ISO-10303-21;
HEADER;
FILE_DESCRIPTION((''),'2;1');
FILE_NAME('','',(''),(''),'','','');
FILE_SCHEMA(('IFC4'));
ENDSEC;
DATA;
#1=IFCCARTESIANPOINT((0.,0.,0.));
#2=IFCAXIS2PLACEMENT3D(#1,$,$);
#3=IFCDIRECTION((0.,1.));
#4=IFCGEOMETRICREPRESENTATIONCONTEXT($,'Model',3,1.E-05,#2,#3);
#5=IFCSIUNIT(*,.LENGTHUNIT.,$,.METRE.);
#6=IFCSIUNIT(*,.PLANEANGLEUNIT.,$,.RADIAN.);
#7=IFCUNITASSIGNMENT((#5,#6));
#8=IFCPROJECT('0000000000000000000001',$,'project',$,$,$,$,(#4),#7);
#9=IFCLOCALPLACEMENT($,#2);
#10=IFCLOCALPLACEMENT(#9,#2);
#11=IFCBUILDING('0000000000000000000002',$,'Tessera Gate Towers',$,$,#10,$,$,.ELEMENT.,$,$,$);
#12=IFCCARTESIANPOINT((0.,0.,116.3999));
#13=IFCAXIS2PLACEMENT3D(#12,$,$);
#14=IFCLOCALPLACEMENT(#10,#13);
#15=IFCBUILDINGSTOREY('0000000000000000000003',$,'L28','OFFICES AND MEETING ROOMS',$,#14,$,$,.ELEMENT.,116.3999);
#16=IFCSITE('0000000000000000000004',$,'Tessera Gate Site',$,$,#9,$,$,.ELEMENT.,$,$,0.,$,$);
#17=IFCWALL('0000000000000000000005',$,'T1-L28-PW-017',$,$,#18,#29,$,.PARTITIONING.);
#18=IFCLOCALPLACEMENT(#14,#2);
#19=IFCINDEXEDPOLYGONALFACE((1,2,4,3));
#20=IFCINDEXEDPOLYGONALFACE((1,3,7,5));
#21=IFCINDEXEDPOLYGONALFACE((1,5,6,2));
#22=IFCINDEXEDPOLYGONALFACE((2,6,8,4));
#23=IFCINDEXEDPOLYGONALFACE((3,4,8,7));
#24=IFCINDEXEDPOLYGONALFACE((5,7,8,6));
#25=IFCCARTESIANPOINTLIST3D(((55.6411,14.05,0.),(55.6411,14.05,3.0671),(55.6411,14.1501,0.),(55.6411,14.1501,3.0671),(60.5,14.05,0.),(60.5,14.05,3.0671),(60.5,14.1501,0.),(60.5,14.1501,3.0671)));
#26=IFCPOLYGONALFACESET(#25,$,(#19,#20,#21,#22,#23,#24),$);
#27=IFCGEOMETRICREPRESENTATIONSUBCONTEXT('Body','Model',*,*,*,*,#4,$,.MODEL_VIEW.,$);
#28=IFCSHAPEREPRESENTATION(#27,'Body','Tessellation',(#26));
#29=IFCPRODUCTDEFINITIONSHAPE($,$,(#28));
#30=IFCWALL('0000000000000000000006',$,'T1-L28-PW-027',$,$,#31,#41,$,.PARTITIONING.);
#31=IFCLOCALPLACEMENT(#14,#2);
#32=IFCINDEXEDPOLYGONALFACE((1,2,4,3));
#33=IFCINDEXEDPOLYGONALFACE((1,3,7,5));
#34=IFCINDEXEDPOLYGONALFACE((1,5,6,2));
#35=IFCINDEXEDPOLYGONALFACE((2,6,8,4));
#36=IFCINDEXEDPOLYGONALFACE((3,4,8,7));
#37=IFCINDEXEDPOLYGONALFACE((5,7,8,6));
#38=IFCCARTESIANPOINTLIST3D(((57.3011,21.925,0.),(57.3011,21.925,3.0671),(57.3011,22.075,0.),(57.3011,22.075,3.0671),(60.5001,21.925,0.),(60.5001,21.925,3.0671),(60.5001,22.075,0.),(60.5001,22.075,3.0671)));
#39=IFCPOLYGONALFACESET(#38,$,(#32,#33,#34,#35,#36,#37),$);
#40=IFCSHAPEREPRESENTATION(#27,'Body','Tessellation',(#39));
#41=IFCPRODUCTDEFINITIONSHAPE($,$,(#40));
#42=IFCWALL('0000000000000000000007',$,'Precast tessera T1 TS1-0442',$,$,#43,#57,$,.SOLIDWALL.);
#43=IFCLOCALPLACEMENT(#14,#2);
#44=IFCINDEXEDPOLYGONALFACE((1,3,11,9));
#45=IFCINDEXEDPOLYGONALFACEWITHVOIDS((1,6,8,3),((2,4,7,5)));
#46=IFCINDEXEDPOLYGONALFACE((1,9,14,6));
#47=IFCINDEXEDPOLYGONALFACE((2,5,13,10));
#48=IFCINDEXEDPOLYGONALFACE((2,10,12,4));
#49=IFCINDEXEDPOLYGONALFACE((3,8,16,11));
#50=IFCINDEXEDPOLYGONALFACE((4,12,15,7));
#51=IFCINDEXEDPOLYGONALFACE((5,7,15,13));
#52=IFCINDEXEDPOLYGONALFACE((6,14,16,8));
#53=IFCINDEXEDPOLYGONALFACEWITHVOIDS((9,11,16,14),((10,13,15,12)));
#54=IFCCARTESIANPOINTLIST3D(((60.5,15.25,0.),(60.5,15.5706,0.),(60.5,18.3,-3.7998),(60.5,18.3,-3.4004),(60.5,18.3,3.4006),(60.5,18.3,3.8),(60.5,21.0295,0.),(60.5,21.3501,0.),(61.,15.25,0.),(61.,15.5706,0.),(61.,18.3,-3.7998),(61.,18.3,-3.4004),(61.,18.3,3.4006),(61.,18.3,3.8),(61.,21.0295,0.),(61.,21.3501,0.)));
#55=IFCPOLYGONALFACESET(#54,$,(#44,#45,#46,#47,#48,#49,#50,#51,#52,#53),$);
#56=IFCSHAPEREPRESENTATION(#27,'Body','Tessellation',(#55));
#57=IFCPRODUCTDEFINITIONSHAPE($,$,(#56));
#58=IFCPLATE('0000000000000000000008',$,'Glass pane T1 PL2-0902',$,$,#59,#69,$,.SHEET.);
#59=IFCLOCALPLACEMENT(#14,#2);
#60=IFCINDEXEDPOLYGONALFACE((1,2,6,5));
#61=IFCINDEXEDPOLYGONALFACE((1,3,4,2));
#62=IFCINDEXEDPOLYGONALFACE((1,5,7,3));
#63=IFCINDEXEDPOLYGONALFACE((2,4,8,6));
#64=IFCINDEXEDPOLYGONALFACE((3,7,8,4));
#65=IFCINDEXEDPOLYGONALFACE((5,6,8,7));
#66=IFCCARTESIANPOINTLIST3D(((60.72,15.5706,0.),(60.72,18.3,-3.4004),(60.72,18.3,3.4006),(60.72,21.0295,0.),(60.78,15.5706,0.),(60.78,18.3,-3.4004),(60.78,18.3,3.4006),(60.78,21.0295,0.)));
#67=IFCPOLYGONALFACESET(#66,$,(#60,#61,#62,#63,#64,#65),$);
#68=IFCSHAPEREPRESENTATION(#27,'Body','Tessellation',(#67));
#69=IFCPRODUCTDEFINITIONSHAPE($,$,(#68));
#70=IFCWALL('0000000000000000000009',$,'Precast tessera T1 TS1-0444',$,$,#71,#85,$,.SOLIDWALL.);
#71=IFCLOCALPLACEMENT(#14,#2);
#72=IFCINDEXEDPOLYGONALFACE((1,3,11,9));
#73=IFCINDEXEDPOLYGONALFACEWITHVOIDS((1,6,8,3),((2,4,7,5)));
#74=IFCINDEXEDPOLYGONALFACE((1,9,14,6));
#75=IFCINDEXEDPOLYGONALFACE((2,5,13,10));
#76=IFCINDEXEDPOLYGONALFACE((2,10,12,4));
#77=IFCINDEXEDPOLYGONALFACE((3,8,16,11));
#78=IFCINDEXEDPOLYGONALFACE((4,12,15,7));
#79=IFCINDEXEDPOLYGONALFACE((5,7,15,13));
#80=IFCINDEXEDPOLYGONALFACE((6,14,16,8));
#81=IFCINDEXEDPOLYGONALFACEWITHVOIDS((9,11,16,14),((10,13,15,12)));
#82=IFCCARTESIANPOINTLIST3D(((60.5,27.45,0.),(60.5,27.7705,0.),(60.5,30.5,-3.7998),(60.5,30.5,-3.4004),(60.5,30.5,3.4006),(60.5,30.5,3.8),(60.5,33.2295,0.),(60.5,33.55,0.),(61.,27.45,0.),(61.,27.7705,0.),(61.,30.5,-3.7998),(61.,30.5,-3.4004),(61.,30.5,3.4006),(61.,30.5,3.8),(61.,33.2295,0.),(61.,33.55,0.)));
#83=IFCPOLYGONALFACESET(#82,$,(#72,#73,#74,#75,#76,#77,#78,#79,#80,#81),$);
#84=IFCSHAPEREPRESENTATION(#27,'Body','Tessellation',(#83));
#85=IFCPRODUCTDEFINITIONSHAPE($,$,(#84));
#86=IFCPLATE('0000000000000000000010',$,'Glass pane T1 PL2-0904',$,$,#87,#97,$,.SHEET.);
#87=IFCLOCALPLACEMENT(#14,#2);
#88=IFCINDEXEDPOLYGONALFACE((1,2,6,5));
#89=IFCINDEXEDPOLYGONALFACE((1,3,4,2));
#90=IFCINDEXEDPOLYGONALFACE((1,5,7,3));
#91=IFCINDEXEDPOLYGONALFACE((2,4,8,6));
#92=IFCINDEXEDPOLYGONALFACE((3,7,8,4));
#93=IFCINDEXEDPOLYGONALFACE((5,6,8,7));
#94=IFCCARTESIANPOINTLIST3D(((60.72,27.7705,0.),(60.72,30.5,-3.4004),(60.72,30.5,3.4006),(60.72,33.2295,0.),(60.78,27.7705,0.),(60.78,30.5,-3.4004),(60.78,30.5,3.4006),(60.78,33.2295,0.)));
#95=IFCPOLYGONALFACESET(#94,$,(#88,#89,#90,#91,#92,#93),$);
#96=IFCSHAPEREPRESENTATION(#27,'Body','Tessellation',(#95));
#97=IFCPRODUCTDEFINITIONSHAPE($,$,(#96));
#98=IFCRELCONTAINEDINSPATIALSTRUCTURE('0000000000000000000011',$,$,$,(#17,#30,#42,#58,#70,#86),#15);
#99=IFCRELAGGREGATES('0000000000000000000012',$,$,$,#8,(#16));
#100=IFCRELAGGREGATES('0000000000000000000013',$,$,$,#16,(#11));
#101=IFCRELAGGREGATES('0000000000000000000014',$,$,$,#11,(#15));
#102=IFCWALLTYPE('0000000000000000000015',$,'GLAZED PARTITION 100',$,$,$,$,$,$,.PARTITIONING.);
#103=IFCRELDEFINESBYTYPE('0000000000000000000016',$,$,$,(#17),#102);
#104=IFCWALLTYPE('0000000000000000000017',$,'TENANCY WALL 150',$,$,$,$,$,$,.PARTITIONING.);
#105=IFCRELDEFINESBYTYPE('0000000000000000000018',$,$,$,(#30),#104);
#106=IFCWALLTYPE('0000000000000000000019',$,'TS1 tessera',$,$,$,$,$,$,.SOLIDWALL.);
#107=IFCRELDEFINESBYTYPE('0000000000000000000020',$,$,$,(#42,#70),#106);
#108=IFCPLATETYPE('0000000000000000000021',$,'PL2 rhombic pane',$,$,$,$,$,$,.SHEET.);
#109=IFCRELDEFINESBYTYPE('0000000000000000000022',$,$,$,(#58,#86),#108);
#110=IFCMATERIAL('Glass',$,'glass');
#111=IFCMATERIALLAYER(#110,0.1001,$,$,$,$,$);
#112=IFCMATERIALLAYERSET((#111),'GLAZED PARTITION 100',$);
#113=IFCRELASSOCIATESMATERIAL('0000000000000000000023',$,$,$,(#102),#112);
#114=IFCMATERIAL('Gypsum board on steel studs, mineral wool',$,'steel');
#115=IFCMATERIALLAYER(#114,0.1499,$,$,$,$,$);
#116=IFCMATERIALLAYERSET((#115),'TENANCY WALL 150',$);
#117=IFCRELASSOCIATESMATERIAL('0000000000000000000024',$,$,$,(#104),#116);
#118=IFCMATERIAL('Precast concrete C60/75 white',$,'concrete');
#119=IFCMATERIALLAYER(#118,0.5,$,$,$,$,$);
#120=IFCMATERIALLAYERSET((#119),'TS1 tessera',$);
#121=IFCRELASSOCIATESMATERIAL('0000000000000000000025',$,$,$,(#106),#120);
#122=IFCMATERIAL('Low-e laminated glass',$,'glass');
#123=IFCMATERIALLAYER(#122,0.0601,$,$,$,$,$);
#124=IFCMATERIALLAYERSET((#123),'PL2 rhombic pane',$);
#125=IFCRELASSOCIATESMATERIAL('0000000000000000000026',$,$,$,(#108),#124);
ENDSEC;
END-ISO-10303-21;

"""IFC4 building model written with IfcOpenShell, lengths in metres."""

from ifc_helpers import new_model, si_unit, direction, frame, frame_2d, origin, place, context, subcontext, project, spatial, polyline, rectangle, outline, extrude, source, transform, mapped, material, layer, layer_set, type_object, element, fill, save


model = new_model("IFC4")

# Units and contexts
model_context = context("Model", 3, precision=1e-05, world=origin(), true_north=direction((0.0, 1.0)))
body_context = subcontext(model_context, "Body", "Model", "MODEL_VIEW")
ifc_project = project(units=[si_unit("LENGTHUNIT", "METRE"), si_unit("PLANEANGLEUNIT", "RADIAN")], contexts=[model_context])

# Site, building, storey
site_placement = place(None, origin())
site = spatial("IfcSite", under=ifc_project, at=site_placement, Name="Tessera Gate Site", CompositionType="ELEMENT", RefElevation=0.0)
building_placement = place(site_placement, origin())
building = spatial("IfcBuilding", under=site, at=building_placement, Name="Tessera Gate Towers", CompositionType="ELEMENT")
storey_placement = place(building_placement, frame((0.0, 0.0, 116.3999)))
storey = spatial("IfcBuildingStorey", under=building, at=storey_placement, Name="L28", Description="OFFICES AND MEETING ROOMS", CompositionType="ELEMENT", Elevation=116.3999)

# Shared definitions
ifc_material_1 = material(Name="Glass", Category="glass")
ifc_layer_1 = layer(ifc_material_1, 0.1001)
ifc_layer_set_1 = layer_set([ifc_layer_1], Name="GLAZED PARTITION 100")
wall_type_1 = type_object("IfcWallType", Name="GLAZED PARTITION 100", PredefinedType="PARTITIONING", material=ifc_layer_set_1)

# Walls
wall_1_placement = place(storey_placement, frame((55.6411, 14.1001, 0.0), z_axis=(0.0, 0.0, 1.0), x_axis=(1.0, 0.0, 0.0)))
element("IfcWall", 1, at=wall_1_placement, inside=storey, type_object=wall_type_1, Name="T1-L28-PW-017", PredefinedType="PARTITIONING", context=body_context, shape_type="SweptSolid", body=[
    extrude(rectangle(XDim=4.8589, YDim=0.1001, at=frame_2d((2.4294, 0.0))), origin(), (0.0, 0.0, 1.0), 3.0671),
])
ifc_material_2 = material(Name="Gypsum board on steel studs, mineral wool", Category="steel")
ifc_layer_2 = layer(ifc_material_2, 0.1499)
ifc_layer_set_2 = layer_set([ifc_layer_2], Name="TENANCY WALL 150")
wall_type_2 = type_object("IfcWallType", Name="TENANCY WALL 150", PredefinedType="PARTITIONING", material=ifc_layer_set_2)
wall_2_placement = place(storey_placement, frame((57.301, 22.0, 0.0), z_axis=(0.0, 0.0, 1.0), x_axis=(1.0, 0.0, 0.0)))
element("IfcWall", 2, at=wall_2_placement, inside=storey, type_object=wall_type_2, Name="T1-L28-PW-027", PredefinedType="PARTITIONING", context=body_context, shape_type="SweptSolid", body=[
    extrude(rectangle(XDim=3.199, YDim=0.1499, at=frame_2d((1.5996, 0.0))), origin(), (0.0, 0.0, 1.0), 3.0671),
])

# Walls, openings, plates
ifc_material_3 = material(Name="Precast concrete C60/75 white", Category="concrete")
ifc_layer_3 = layer(ifc_material_3, 0.5)
ifc_layer_set_3 = layer_set([ifc_layer_3], Name="TS1 tessera")
wall_type_3 = type_object("IfcWallType", Name="TS1 tessera", PredefinedType="SOLIDWALL", material=ifc_layer_set_3)
shared_shape_1 = source(origin(), body_context, "Body", "SweptSolid", [
    extrude(outline(polyline([(3.05, 0.0), (6.1001, 3.7998), (3.05, 7.5999), (0.0, 3.7998), (3.05, 0.0)])), frame((0.0, 0.25, 0.0), z_axis=(0.0, -1.0, 0.0), x_axis=(1.0, 0.0, 0.0)), (0.0, 0.0, 1.0), 0.5),
])
wall_3_placement = place(storey_placement, frame((60.75, 15.25, -3.7998), z_axis=(0.0, 0.0, 1.0), x_axis=(0.0, 1.0, 0.0)))
wall_3 = element("IfcWall", 3, at=wall_3_placement, inside=storey, type_object=wall_type_3, Name="Precast tessera T1 TS1-0442", PredefinedType="SOLIDWALL", context=body_context, shape_type="MappedRepresentation", body=[
    mapped(shared_shape_1, transform((0.0, 0.0, 0.0), scale=1.0)),
])
shared_shape_2 = source(origin(), body_context, "Body", "SweptSolid", [
    extrude(outline(polyline([(3.05, 0.3994), (5.7795, 3.7998), (3.05, 7.2004), (0.3206, 3.7998), (3.05, 0.3994)])), frame((0.0, 0.26, 0.0), z_axis=(0.0, -1.0, 0.0), x_axis=(1.0, 0.0, 0.0)), (0.0, 0.0, 1.0), 0.52),
])
opening_1_placement = place(wall_3_placement, origin())
opening_1 = element("IfcOpeningElement", 4, at=opening_1_placement, cuts=wall_3, PredefinedType="OPENING", context=body_context, shape_type="MappedRepresentation", body=[
    mapped(shared_shape_2, transform((0.0, 0.0, 0.0), scale=1.0)),
])
ifc_material_4 = material(Name="Low-e laminated glass", Category="glass")
ifc_layer_4 = layer(ifc_material_4, 0.0601)
ifc_layer_set_4 = layer_set([ifc_layer_4], Name="PL2 rhombic pane")
plate_type = type_object("IfcPlateType", Name="PL2 rhombic pane", PredefinedType="SHEET", material=ifc_layer_set_4)
shared_shape_3 = source(origin(), body_context, "Body", "SweptSolid", [
    extrude(outline(polyline([(3.05, 0.3994), (5.7795, 3.7998), (3.05, 7.2004), (0.3206, 3.7998), (3.05, 0.3994)])), frame((0.0, 0.03, 0.0), z_axis=(0.0, -1.0, 0.0), x_axis=(1.0, 0.0, 0.0)), (0.0, 0.0, 1.0), 0.0601),
])
plate_1_placement = place(opening_1_placement, origin())
plate_1 = element("IfcPlate", 5, at=plate_1_placement, inside=storey, type_object=plate_type, Name="Glass pane T1 PL2-0902", PredefinedType="SHEET", context=body_context, shape_type="MappedRepresentation", body=[
    mapped(shared_shape_3, transform((0.0, 0.0, 0.0), scale=1.0)),
])
fill(opening_1, plate_1)
wall_4_placement = place(storey_placement, frame((60.75, 27.45, -3.7998), z_axis=(0.0, 0.0, 1.0), x_axis=(0.0, 1.0, 0.0)))
wall_4 = element("IfcWall", 6, at=wall_4_placement, inside=storey, type_object=wall_type_3, Name="Precast tessera T1 TS1-0444", PredefinedType="SOLIDWALL", context=body_context, shape_type="MappedRepresentation", body=[
    mapped(shared_shape_1, transform((0.0, 0.0, 0.0), scale=1.0)),
])
opening_2_placement = place(wall_4_placement, origin())
opening_2 = element("IfcOpeningElement", 7, at=opening_2_placement, cuts=wall_4, PredefinedType="OPENING", context=body_context, shape_type="MappedRepresentation", body=[
    mapped(shared_shape_2, transform((0.0, 0.0, 0.0), scale=1.0)),
])
plate_2_placement = place(opening_2_placement, origin())
plate_2 = element("IfcPlate", 8, at=plate_2_placement, inside=storey, type_object=plate_type, Name="Glass pane T1 PL2-0904", PredefinedType="SHEET", context=body_context, shape_type="MappedRepresentation", body=[
    mapped(shared_shape_3, transform((0.0, 0.0, 0.0), scale=1.0)),
])
fill(opening_2, plate_2)

save(model, "model.ifc")
